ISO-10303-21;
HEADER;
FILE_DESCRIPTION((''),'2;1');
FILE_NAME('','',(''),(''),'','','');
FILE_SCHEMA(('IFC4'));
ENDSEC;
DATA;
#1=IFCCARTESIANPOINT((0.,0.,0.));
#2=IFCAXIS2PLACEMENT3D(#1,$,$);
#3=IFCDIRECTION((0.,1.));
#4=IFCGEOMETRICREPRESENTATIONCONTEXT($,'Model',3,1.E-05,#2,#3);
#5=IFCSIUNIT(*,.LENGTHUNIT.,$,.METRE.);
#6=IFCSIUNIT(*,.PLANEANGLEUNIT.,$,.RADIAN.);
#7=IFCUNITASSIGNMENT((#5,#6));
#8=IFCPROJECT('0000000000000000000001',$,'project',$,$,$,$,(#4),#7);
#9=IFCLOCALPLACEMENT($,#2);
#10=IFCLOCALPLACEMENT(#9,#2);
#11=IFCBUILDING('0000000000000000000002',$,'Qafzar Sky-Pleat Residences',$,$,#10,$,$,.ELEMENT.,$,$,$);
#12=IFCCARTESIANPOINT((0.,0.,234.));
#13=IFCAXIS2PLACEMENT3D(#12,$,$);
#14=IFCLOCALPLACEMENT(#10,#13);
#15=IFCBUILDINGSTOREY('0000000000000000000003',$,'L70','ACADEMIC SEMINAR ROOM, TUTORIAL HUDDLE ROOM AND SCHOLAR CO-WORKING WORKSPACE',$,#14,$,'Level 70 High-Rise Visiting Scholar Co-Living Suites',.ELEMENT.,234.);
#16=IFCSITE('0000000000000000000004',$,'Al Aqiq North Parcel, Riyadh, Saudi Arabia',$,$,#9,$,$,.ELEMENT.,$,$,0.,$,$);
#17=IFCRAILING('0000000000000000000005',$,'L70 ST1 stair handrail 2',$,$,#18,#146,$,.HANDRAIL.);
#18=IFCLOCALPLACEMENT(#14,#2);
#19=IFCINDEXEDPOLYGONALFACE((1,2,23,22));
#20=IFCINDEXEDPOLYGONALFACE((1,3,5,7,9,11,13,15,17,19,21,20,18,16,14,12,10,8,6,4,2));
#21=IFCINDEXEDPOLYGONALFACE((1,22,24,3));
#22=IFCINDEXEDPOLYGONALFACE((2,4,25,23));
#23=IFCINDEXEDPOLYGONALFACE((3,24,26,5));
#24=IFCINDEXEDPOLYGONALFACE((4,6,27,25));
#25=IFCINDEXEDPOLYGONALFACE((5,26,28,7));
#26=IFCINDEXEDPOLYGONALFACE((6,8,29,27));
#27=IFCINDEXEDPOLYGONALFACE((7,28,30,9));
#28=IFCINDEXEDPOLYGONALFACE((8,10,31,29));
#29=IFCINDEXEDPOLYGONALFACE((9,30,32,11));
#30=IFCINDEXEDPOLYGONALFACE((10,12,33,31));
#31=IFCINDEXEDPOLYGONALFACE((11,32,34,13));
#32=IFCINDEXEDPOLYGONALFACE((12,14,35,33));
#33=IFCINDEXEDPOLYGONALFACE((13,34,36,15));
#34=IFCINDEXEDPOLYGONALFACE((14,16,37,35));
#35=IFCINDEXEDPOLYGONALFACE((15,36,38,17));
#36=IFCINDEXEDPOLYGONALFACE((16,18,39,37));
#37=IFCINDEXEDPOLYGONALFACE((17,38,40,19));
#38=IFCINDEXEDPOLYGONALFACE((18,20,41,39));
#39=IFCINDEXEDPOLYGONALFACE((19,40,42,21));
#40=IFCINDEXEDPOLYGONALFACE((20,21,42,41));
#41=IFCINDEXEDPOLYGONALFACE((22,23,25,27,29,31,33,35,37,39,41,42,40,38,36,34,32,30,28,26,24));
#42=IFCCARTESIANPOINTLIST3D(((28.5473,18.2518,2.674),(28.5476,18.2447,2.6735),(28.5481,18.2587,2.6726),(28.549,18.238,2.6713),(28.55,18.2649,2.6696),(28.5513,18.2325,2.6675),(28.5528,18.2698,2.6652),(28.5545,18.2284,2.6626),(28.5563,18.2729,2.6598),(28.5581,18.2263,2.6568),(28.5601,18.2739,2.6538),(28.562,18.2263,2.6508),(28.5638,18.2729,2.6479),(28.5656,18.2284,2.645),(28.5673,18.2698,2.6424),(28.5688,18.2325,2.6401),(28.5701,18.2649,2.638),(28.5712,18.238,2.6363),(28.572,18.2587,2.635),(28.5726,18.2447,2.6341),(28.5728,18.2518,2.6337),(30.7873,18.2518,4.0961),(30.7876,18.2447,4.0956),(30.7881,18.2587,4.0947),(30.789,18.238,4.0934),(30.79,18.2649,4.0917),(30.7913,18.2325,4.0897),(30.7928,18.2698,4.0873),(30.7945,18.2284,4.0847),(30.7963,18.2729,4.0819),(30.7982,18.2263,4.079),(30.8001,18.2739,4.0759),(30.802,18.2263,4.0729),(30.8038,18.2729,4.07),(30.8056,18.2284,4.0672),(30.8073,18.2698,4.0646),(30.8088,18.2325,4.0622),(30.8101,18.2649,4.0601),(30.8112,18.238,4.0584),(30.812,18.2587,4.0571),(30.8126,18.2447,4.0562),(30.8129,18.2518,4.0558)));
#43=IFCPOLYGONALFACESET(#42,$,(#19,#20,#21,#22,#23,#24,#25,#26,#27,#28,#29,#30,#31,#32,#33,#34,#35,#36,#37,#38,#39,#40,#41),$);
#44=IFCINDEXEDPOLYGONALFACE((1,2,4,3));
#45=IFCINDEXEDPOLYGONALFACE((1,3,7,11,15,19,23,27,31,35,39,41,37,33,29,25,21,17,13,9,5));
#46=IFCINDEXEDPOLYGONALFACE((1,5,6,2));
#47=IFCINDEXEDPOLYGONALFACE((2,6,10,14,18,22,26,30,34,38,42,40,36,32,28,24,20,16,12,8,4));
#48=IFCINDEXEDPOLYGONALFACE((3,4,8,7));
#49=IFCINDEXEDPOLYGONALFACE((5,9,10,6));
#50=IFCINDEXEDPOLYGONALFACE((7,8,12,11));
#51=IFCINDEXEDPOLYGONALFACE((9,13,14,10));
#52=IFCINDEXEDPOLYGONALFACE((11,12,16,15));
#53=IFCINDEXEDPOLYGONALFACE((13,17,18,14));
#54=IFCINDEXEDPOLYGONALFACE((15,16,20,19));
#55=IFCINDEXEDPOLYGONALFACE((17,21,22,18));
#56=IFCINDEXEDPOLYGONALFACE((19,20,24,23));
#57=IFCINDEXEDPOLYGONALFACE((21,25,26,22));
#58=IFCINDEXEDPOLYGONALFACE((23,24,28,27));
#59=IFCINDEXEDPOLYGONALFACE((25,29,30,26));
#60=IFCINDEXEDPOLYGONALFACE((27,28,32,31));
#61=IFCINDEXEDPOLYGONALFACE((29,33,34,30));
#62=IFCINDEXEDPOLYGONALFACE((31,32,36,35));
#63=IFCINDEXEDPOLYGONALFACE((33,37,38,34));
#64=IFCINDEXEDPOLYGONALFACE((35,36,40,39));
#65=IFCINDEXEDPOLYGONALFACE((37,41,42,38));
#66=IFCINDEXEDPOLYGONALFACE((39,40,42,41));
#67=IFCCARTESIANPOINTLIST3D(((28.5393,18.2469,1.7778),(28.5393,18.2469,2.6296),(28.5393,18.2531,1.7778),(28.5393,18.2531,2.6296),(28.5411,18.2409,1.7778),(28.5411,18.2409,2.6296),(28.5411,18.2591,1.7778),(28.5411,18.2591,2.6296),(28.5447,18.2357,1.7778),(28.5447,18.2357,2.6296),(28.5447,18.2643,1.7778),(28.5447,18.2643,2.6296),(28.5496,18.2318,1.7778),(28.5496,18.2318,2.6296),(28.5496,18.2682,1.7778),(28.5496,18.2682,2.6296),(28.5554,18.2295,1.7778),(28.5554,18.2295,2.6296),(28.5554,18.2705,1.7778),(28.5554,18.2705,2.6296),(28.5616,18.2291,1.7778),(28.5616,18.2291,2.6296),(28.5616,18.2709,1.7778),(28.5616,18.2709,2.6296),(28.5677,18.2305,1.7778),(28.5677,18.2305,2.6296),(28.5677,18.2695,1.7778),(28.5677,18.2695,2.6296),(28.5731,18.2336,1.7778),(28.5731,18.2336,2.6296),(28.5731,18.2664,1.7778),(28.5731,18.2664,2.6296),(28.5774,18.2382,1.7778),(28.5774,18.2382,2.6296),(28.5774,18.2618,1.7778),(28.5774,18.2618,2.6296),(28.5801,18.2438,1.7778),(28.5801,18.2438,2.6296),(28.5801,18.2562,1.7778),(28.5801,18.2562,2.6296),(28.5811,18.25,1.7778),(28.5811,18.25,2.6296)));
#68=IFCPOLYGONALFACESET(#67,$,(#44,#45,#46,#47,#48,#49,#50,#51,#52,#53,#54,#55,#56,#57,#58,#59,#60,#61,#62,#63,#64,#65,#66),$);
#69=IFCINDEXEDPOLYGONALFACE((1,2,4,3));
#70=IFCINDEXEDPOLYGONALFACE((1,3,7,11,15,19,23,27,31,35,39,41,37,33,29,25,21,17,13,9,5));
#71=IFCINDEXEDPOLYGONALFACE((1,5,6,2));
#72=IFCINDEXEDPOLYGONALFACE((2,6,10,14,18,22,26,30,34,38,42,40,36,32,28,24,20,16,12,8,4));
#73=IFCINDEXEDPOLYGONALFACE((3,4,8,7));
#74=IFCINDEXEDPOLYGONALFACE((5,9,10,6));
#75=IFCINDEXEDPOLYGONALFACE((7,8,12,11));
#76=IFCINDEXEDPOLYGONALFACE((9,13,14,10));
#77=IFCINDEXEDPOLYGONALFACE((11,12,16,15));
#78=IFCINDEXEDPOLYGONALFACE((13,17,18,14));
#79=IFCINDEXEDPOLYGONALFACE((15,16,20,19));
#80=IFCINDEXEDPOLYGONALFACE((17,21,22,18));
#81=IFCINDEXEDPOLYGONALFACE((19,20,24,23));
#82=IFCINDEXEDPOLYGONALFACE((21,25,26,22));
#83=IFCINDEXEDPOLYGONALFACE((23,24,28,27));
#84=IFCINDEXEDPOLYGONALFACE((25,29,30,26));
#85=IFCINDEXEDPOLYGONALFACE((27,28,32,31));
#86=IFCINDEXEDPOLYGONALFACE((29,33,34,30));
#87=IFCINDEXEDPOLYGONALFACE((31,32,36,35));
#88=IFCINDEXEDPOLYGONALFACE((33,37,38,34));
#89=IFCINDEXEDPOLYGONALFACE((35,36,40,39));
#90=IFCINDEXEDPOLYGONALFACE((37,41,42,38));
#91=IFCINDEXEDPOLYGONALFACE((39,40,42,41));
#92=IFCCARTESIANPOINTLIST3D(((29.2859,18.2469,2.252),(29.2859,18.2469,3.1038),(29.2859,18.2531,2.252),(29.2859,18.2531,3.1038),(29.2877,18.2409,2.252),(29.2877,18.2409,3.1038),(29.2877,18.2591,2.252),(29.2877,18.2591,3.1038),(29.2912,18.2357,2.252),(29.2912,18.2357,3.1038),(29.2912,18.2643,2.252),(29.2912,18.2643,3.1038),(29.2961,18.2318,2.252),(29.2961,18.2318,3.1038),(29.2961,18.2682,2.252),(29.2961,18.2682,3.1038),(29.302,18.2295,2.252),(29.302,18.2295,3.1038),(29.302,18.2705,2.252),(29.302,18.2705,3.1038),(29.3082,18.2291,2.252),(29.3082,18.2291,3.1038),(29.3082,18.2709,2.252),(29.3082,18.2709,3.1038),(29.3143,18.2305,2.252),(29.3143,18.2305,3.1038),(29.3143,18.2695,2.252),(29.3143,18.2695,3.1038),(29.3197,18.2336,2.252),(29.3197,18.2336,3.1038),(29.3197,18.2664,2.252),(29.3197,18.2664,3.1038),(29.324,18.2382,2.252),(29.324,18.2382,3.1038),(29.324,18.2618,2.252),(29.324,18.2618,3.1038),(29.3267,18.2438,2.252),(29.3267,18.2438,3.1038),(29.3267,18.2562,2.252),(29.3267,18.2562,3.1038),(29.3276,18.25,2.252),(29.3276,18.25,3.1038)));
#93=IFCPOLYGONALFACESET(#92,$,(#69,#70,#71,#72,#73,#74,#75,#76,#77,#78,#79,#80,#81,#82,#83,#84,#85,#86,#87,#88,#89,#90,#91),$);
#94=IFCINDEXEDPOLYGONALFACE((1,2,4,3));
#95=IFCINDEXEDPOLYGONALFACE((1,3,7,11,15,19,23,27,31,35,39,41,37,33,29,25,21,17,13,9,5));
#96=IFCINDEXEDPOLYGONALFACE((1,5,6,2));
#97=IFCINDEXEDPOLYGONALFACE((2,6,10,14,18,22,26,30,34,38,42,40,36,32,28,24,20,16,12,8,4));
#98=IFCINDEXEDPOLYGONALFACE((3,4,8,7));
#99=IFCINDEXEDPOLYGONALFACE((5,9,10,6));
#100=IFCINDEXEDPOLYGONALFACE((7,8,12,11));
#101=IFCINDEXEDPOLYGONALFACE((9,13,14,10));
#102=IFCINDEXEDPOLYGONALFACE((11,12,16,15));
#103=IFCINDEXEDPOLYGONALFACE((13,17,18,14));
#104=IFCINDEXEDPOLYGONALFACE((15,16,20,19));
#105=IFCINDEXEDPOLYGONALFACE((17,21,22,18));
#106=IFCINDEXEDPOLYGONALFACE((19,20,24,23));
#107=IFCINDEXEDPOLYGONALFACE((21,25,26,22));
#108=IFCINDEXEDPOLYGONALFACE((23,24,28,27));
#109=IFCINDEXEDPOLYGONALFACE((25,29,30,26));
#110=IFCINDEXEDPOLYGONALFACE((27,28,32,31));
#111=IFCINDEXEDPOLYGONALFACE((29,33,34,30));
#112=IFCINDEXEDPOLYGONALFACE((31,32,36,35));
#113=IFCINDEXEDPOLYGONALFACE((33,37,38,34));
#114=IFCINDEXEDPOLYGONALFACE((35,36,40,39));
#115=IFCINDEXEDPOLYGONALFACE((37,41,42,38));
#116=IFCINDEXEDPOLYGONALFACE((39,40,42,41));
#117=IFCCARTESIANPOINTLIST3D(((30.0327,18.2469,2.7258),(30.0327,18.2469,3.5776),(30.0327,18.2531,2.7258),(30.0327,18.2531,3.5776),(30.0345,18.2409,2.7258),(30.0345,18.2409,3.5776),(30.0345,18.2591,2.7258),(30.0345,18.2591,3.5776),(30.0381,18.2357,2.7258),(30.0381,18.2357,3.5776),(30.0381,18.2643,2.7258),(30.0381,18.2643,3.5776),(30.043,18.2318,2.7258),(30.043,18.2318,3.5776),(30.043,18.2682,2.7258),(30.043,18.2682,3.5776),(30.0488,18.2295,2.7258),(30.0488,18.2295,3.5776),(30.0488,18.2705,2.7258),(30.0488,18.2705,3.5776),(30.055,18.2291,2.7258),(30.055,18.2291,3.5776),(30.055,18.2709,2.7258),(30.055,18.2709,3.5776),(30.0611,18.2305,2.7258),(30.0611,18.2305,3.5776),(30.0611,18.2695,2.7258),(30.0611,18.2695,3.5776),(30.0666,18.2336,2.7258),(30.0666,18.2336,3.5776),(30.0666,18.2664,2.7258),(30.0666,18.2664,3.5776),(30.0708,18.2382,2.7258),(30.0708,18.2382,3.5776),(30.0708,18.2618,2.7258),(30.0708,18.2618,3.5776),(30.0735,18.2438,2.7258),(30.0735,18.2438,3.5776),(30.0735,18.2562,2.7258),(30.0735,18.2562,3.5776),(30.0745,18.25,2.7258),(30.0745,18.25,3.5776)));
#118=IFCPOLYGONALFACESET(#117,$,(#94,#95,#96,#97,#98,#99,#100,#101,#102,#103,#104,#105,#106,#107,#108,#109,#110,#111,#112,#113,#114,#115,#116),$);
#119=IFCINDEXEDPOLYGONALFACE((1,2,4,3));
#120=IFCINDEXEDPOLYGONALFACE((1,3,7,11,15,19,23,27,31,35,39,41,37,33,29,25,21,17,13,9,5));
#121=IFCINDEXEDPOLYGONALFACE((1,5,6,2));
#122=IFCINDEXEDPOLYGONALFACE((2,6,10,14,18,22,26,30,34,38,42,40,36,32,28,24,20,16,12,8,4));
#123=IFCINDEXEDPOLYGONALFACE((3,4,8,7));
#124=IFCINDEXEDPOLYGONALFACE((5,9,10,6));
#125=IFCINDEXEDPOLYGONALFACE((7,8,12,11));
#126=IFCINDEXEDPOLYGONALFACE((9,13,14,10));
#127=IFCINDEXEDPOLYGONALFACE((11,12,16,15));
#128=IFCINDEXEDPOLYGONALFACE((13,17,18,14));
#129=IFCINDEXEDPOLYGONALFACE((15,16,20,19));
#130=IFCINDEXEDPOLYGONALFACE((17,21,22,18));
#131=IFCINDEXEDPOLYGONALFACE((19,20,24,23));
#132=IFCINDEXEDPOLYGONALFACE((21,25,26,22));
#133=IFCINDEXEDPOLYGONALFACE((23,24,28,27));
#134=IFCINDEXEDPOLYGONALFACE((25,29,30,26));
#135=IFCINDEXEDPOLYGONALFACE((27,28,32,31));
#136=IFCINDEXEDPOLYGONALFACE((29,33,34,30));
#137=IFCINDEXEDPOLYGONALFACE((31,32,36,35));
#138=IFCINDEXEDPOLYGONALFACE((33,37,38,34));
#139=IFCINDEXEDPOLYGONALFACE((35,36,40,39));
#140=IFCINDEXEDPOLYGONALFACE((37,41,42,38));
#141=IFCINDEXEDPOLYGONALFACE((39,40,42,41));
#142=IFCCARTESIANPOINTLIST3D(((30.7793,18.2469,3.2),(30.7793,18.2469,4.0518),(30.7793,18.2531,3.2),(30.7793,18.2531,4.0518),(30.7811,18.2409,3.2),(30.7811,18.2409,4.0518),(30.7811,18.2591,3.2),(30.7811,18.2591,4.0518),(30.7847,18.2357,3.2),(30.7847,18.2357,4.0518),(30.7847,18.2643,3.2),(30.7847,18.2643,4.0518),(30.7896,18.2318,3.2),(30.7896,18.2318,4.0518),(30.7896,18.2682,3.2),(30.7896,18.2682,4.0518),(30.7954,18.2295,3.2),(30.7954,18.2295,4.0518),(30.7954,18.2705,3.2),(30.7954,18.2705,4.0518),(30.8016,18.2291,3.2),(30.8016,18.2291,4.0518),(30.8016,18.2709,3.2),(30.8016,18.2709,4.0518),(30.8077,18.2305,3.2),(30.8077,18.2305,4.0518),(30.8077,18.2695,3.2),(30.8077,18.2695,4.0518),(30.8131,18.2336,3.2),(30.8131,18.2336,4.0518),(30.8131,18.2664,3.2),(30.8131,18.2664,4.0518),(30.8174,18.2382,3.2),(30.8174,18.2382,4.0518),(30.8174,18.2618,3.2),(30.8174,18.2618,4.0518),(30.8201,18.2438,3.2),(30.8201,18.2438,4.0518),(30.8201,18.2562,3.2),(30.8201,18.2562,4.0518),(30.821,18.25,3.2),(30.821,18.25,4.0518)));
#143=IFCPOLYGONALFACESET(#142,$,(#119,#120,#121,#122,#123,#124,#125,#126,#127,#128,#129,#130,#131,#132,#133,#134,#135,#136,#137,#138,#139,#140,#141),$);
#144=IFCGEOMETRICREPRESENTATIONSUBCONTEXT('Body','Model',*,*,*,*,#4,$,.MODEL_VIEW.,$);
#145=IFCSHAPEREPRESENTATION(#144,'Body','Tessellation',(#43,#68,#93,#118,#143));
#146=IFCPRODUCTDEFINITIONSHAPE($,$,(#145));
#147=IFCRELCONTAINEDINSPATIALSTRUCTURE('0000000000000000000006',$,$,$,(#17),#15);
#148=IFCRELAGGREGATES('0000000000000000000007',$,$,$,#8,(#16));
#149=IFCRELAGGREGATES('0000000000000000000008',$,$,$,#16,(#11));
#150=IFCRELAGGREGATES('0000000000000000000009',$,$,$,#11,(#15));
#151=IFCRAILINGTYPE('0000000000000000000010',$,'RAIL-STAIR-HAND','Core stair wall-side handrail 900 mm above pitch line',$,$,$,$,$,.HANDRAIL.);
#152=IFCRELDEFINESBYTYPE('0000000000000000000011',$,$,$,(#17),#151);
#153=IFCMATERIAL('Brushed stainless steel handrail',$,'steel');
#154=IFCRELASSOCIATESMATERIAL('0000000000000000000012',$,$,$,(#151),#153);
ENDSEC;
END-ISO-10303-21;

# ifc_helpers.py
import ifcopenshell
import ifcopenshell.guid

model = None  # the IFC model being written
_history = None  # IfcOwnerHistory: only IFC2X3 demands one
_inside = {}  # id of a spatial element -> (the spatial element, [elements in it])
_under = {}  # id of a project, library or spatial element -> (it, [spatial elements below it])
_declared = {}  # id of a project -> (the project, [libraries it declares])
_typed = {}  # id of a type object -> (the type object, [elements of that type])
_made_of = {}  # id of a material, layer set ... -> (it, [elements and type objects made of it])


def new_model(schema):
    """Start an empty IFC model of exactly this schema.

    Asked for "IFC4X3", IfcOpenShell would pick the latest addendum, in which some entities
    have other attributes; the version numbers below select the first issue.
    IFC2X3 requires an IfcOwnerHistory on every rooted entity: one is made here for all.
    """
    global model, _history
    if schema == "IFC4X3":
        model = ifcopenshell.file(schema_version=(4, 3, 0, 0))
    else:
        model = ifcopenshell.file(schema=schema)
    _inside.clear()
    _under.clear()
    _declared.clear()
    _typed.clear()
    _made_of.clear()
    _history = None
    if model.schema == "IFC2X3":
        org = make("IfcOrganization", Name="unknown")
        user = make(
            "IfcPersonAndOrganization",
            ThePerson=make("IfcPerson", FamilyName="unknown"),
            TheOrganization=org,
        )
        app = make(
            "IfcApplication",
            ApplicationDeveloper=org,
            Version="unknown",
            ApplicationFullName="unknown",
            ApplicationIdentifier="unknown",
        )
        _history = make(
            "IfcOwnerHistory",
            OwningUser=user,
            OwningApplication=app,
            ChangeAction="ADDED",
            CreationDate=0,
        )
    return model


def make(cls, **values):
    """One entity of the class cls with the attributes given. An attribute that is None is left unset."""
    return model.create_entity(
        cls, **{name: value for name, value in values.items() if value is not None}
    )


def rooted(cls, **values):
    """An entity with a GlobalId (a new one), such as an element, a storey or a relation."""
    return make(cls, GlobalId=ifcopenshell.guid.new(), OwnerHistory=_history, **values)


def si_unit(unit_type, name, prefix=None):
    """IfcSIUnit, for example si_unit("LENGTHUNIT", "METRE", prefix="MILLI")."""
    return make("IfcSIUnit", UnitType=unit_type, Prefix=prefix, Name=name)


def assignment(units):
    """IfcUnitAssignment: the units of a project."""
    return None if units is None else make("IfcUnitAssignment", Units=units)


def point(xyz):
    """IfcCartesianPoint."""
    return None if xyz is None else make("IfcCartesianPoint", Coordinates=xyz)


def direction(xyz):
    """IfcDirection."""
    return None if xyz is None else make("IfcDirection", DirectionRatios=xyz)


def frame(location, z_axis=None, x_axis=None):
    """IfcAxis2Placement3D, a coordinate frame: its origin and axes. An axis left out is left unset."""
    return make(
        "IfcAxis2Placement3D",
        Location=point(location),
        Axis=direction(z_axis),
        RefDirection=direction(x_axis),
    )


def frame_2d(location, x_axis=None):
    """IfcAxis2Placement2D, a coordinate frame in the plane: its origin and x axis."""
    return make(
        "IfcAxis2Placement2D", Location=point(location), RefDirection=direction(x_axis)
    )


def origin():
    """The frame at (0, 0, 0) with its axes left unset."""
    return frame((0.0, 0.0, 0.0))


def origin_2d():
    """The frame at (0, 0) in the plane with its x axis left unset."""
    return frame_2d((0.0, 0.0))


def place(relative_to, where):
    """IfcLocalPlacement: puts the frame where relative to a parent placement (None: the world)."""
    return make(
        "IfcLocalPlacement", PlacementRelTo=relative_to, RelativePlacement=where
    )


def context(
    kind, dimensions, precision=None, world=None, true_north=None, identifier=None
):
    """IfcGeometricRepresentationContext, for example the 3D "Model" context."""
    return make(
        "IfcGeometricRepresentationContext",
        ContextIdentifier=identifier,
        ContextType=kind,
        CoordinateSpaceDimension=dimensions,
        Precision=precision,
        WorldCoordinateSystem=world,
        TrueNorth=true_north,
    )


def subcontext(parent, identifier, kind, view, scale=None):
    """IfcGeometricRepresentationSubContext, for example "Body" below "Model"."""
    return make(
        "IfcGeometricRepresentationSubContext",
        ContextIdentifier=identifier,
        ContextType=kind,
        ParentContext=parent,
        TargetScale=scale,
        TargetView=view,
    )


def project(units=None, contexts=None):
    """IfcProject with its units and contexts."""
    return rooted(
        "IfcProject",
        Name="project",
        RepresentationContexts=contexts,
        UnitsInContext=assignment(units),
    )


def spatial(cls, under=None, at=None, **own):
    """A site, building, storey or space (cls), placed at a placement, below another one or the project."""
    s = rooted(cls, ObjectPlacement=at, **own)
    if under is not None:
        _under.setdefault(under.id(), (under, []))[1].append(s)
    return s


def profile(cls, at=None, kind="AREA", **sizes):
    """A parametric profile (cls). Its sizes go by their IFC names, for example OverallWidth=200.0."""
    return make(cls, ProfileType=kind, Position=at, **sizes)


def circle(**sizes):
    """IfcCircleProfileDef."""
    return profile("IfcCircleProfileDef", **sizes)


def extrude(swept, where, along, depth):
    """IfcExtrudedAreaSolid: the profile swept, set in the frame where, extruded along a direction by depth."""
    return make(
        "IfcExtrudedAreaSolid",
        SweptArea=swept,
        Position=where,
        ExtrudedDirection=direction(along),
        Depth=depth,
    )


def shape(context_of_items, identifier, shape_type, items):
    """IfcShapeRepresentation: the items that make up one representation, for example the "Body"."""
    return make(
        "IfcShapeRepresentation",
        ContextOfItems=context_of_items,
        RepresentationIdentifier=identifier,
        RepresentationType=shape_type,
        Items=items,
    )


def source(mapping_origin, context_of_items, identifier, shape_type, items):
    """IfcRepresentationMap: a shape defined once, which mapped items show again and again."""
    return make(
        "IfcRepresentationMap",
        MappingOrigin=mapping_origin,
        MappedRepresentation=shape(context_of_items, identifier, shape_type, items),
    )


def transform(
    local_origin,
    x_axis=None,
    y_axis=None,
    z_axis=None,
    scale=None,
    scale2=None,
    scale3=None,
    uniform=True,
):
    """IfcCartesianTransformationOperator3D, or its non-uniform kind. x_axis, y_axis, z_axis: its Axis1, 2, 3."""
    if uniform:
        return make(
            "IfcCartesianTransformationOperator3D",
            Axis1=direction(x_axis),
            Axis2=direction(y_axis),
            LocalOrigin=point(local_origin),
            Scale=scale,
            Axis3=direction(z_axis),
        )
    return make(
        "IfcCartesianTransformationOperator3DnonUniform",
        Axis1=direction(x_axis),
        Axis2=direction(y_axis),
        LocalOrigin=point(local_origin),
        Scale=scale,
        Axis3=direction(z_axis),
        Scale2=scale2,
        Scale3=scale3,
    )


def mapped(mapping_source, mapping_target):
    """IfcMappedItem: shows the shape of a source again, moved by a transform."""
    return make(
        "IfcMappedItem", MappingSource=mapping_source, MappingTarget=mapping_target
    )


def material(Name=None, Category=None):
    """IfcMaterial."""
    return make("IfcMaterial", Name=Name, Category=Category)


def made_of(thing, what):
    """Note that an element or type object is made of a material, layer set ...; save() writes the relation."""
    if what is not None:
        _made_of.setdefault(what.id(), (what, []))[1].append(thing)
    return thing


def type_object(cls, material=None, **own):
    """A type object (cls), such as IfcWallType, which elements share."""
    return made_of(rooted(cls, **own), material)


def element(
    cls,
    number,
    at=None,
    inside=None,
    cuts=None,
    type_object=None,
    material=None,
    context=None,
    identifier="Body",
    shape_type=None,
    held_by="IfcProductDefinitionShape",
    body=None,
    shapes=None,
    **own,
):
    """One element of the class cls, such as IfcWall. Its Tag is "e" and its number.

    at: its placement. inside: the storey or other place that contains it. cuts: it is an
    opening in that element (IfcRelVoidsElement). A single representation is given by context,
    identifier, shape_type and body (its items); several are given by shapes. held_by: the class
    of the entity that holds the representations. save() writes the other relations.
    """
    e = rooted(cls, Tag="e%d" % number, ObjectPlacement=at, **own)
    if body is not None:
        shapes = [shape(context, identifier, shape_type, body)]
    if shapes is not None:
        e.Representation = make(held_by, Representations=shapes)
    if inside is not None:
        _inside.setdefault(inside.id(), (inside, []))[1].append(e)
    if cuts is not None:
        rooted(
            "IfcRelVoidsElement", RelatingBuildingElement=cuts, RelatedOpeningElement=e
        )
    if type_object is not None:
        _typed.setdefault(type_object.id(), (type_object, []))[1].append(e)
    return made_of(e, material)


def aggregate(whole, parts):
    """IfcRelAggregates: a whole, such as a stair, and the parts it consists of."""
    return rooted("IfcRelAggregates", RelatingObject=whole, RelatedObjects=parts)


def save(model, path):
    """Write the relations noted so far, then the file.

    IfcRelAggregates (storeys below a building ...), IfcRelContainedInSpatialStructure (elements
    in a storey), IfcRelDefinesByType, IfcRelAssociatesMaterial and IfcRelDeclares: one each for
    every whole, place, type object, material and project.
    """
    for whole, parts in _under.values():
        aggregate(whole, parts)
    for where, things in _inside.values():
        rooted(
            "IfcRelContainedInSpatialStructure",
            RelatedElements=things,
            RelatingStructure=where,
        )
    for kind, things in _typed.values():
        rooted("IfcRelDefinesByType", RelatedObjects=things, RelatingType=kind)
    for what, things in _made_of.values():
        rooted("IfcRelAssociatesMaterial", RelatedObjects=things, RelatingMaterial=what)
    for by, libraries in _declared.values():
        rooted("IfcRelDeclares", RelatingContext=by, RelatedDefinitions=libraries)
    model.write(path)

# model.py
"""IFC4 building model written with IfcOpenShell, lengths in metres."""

from ifc_helpers import new_model, si_unit, direction, frame, origin, origin_2d, place, context, subcontext, project, spatial, circle, extrude, source, transform, mapped, material, type_object, element, save


model = new_model("IFC4")

# Units and contexts
model_context = context("Model", 3, precision=1e-05, world=origin(), true_north=direction((0.0, 1.0)))
body_context = subcontext(model_context, "Body", "Model", "MODEL_VIEW")
ifc_project = project(units=[si_unit("LENGTHUNIT", "METRE"), si_unit("PLANEANGLEUNIT", "RADIAN")], contexts=[model_context])

# Site, building, storey
site_placement = place(None, origin())
site = spatial("IfcSite", under=ifc_project, at=site_placement, Name="Al Aqiq North Parcel, Riyadh, Saudi Arabia", CompositionType="ELEMENT", RefElevation=0.0)
building_placement = place(site_placement, origin())
building = spatial("IfcBuilding", under=site, at=building_placement, Name="Qafzar Sky-Pleat Residences", CompositionType="ELEMENT")
storey_placement = place(building_placement, frame((0.0, 0.0, 234.0)))
storey = spatial("IfcBuildingStorey", under=building, at=storey_placement, Name="L70", Description="ACADEMIC SEMINAR ROOM, TUTORIAL HUDDLE ROOM AND SCHOLAR CO-WORKING WORKSPACE", LongName="Level 70 High-Rise Visiting Scholar Co-Living Suites", CompositionType="ELEMENT", Elevation=234.0)

# Railing
ifc_material_1 = material(Name="Brushed stainless steel handrail", Category="steel")
railing_type_1 = type_object("IfcRailingType", Name="RAIL-STAIR-HAND", Description="Core stair wall-side handrail 900 mm above pitch line", PredefinedType="HANDRAIL", material=ifc_material_1)
shared_shape_1 = source(origin(), body_context, "Body", "SweptSolid", [
    extrude(circle(Radius=0.0239, at=origin_2d()), frame((0.0, 0.0, 0.876), z_axis=(0.844229, 0.0, 0.535982), x_axis=(0.0, 1.0, 0.0)), (0.0, 0.0, 1.0), 2.6533),
    extrude(circle(Radius=0.021, at=origin_2d()), origin(), (0.0, 0.0, 1.0), 0.8518),
    extrude(circle(Radius=0.021, at=origin_2d()), frame((0.7466, 0.0, 0.4741)), (0.0, 0.0, 1.0), 0.8518),
    extrude(circle(Radius=0.021, at=origin_2d()), frame((1.4934, 0.0, 0.948)), (0.0, 0.0, 1.0), 0.8518),
    extrude(circle(Radius=0.021, at=origin_2d()), frame((2.24, 0.0, 1.4221)), (0.0, 0.0, 1.0), 0.8518),
])
railing_1_placement = place(storey_placement, frame((28.5601, 18.25, 1.7778)))
element("IfcRailing", 1, at=railing_1_placement, inside=storey, type_object=railing_type_1, Name="L70 ST1 stair handrail 2", PredefinedType="HANDRAIL", context=body_context, shape_type="MappedRepresentation", body=[
    mapped(shared_shape_1, transform((0.0, 0.0, 0.0), x_axis=(1.0, 0.0, 0.0), y_axis=(0.0, 1.0, 0.0), z_axis=(0.0, 0.0, 1.0), scale=1.0)),
])

save(model, "model.ifc")
